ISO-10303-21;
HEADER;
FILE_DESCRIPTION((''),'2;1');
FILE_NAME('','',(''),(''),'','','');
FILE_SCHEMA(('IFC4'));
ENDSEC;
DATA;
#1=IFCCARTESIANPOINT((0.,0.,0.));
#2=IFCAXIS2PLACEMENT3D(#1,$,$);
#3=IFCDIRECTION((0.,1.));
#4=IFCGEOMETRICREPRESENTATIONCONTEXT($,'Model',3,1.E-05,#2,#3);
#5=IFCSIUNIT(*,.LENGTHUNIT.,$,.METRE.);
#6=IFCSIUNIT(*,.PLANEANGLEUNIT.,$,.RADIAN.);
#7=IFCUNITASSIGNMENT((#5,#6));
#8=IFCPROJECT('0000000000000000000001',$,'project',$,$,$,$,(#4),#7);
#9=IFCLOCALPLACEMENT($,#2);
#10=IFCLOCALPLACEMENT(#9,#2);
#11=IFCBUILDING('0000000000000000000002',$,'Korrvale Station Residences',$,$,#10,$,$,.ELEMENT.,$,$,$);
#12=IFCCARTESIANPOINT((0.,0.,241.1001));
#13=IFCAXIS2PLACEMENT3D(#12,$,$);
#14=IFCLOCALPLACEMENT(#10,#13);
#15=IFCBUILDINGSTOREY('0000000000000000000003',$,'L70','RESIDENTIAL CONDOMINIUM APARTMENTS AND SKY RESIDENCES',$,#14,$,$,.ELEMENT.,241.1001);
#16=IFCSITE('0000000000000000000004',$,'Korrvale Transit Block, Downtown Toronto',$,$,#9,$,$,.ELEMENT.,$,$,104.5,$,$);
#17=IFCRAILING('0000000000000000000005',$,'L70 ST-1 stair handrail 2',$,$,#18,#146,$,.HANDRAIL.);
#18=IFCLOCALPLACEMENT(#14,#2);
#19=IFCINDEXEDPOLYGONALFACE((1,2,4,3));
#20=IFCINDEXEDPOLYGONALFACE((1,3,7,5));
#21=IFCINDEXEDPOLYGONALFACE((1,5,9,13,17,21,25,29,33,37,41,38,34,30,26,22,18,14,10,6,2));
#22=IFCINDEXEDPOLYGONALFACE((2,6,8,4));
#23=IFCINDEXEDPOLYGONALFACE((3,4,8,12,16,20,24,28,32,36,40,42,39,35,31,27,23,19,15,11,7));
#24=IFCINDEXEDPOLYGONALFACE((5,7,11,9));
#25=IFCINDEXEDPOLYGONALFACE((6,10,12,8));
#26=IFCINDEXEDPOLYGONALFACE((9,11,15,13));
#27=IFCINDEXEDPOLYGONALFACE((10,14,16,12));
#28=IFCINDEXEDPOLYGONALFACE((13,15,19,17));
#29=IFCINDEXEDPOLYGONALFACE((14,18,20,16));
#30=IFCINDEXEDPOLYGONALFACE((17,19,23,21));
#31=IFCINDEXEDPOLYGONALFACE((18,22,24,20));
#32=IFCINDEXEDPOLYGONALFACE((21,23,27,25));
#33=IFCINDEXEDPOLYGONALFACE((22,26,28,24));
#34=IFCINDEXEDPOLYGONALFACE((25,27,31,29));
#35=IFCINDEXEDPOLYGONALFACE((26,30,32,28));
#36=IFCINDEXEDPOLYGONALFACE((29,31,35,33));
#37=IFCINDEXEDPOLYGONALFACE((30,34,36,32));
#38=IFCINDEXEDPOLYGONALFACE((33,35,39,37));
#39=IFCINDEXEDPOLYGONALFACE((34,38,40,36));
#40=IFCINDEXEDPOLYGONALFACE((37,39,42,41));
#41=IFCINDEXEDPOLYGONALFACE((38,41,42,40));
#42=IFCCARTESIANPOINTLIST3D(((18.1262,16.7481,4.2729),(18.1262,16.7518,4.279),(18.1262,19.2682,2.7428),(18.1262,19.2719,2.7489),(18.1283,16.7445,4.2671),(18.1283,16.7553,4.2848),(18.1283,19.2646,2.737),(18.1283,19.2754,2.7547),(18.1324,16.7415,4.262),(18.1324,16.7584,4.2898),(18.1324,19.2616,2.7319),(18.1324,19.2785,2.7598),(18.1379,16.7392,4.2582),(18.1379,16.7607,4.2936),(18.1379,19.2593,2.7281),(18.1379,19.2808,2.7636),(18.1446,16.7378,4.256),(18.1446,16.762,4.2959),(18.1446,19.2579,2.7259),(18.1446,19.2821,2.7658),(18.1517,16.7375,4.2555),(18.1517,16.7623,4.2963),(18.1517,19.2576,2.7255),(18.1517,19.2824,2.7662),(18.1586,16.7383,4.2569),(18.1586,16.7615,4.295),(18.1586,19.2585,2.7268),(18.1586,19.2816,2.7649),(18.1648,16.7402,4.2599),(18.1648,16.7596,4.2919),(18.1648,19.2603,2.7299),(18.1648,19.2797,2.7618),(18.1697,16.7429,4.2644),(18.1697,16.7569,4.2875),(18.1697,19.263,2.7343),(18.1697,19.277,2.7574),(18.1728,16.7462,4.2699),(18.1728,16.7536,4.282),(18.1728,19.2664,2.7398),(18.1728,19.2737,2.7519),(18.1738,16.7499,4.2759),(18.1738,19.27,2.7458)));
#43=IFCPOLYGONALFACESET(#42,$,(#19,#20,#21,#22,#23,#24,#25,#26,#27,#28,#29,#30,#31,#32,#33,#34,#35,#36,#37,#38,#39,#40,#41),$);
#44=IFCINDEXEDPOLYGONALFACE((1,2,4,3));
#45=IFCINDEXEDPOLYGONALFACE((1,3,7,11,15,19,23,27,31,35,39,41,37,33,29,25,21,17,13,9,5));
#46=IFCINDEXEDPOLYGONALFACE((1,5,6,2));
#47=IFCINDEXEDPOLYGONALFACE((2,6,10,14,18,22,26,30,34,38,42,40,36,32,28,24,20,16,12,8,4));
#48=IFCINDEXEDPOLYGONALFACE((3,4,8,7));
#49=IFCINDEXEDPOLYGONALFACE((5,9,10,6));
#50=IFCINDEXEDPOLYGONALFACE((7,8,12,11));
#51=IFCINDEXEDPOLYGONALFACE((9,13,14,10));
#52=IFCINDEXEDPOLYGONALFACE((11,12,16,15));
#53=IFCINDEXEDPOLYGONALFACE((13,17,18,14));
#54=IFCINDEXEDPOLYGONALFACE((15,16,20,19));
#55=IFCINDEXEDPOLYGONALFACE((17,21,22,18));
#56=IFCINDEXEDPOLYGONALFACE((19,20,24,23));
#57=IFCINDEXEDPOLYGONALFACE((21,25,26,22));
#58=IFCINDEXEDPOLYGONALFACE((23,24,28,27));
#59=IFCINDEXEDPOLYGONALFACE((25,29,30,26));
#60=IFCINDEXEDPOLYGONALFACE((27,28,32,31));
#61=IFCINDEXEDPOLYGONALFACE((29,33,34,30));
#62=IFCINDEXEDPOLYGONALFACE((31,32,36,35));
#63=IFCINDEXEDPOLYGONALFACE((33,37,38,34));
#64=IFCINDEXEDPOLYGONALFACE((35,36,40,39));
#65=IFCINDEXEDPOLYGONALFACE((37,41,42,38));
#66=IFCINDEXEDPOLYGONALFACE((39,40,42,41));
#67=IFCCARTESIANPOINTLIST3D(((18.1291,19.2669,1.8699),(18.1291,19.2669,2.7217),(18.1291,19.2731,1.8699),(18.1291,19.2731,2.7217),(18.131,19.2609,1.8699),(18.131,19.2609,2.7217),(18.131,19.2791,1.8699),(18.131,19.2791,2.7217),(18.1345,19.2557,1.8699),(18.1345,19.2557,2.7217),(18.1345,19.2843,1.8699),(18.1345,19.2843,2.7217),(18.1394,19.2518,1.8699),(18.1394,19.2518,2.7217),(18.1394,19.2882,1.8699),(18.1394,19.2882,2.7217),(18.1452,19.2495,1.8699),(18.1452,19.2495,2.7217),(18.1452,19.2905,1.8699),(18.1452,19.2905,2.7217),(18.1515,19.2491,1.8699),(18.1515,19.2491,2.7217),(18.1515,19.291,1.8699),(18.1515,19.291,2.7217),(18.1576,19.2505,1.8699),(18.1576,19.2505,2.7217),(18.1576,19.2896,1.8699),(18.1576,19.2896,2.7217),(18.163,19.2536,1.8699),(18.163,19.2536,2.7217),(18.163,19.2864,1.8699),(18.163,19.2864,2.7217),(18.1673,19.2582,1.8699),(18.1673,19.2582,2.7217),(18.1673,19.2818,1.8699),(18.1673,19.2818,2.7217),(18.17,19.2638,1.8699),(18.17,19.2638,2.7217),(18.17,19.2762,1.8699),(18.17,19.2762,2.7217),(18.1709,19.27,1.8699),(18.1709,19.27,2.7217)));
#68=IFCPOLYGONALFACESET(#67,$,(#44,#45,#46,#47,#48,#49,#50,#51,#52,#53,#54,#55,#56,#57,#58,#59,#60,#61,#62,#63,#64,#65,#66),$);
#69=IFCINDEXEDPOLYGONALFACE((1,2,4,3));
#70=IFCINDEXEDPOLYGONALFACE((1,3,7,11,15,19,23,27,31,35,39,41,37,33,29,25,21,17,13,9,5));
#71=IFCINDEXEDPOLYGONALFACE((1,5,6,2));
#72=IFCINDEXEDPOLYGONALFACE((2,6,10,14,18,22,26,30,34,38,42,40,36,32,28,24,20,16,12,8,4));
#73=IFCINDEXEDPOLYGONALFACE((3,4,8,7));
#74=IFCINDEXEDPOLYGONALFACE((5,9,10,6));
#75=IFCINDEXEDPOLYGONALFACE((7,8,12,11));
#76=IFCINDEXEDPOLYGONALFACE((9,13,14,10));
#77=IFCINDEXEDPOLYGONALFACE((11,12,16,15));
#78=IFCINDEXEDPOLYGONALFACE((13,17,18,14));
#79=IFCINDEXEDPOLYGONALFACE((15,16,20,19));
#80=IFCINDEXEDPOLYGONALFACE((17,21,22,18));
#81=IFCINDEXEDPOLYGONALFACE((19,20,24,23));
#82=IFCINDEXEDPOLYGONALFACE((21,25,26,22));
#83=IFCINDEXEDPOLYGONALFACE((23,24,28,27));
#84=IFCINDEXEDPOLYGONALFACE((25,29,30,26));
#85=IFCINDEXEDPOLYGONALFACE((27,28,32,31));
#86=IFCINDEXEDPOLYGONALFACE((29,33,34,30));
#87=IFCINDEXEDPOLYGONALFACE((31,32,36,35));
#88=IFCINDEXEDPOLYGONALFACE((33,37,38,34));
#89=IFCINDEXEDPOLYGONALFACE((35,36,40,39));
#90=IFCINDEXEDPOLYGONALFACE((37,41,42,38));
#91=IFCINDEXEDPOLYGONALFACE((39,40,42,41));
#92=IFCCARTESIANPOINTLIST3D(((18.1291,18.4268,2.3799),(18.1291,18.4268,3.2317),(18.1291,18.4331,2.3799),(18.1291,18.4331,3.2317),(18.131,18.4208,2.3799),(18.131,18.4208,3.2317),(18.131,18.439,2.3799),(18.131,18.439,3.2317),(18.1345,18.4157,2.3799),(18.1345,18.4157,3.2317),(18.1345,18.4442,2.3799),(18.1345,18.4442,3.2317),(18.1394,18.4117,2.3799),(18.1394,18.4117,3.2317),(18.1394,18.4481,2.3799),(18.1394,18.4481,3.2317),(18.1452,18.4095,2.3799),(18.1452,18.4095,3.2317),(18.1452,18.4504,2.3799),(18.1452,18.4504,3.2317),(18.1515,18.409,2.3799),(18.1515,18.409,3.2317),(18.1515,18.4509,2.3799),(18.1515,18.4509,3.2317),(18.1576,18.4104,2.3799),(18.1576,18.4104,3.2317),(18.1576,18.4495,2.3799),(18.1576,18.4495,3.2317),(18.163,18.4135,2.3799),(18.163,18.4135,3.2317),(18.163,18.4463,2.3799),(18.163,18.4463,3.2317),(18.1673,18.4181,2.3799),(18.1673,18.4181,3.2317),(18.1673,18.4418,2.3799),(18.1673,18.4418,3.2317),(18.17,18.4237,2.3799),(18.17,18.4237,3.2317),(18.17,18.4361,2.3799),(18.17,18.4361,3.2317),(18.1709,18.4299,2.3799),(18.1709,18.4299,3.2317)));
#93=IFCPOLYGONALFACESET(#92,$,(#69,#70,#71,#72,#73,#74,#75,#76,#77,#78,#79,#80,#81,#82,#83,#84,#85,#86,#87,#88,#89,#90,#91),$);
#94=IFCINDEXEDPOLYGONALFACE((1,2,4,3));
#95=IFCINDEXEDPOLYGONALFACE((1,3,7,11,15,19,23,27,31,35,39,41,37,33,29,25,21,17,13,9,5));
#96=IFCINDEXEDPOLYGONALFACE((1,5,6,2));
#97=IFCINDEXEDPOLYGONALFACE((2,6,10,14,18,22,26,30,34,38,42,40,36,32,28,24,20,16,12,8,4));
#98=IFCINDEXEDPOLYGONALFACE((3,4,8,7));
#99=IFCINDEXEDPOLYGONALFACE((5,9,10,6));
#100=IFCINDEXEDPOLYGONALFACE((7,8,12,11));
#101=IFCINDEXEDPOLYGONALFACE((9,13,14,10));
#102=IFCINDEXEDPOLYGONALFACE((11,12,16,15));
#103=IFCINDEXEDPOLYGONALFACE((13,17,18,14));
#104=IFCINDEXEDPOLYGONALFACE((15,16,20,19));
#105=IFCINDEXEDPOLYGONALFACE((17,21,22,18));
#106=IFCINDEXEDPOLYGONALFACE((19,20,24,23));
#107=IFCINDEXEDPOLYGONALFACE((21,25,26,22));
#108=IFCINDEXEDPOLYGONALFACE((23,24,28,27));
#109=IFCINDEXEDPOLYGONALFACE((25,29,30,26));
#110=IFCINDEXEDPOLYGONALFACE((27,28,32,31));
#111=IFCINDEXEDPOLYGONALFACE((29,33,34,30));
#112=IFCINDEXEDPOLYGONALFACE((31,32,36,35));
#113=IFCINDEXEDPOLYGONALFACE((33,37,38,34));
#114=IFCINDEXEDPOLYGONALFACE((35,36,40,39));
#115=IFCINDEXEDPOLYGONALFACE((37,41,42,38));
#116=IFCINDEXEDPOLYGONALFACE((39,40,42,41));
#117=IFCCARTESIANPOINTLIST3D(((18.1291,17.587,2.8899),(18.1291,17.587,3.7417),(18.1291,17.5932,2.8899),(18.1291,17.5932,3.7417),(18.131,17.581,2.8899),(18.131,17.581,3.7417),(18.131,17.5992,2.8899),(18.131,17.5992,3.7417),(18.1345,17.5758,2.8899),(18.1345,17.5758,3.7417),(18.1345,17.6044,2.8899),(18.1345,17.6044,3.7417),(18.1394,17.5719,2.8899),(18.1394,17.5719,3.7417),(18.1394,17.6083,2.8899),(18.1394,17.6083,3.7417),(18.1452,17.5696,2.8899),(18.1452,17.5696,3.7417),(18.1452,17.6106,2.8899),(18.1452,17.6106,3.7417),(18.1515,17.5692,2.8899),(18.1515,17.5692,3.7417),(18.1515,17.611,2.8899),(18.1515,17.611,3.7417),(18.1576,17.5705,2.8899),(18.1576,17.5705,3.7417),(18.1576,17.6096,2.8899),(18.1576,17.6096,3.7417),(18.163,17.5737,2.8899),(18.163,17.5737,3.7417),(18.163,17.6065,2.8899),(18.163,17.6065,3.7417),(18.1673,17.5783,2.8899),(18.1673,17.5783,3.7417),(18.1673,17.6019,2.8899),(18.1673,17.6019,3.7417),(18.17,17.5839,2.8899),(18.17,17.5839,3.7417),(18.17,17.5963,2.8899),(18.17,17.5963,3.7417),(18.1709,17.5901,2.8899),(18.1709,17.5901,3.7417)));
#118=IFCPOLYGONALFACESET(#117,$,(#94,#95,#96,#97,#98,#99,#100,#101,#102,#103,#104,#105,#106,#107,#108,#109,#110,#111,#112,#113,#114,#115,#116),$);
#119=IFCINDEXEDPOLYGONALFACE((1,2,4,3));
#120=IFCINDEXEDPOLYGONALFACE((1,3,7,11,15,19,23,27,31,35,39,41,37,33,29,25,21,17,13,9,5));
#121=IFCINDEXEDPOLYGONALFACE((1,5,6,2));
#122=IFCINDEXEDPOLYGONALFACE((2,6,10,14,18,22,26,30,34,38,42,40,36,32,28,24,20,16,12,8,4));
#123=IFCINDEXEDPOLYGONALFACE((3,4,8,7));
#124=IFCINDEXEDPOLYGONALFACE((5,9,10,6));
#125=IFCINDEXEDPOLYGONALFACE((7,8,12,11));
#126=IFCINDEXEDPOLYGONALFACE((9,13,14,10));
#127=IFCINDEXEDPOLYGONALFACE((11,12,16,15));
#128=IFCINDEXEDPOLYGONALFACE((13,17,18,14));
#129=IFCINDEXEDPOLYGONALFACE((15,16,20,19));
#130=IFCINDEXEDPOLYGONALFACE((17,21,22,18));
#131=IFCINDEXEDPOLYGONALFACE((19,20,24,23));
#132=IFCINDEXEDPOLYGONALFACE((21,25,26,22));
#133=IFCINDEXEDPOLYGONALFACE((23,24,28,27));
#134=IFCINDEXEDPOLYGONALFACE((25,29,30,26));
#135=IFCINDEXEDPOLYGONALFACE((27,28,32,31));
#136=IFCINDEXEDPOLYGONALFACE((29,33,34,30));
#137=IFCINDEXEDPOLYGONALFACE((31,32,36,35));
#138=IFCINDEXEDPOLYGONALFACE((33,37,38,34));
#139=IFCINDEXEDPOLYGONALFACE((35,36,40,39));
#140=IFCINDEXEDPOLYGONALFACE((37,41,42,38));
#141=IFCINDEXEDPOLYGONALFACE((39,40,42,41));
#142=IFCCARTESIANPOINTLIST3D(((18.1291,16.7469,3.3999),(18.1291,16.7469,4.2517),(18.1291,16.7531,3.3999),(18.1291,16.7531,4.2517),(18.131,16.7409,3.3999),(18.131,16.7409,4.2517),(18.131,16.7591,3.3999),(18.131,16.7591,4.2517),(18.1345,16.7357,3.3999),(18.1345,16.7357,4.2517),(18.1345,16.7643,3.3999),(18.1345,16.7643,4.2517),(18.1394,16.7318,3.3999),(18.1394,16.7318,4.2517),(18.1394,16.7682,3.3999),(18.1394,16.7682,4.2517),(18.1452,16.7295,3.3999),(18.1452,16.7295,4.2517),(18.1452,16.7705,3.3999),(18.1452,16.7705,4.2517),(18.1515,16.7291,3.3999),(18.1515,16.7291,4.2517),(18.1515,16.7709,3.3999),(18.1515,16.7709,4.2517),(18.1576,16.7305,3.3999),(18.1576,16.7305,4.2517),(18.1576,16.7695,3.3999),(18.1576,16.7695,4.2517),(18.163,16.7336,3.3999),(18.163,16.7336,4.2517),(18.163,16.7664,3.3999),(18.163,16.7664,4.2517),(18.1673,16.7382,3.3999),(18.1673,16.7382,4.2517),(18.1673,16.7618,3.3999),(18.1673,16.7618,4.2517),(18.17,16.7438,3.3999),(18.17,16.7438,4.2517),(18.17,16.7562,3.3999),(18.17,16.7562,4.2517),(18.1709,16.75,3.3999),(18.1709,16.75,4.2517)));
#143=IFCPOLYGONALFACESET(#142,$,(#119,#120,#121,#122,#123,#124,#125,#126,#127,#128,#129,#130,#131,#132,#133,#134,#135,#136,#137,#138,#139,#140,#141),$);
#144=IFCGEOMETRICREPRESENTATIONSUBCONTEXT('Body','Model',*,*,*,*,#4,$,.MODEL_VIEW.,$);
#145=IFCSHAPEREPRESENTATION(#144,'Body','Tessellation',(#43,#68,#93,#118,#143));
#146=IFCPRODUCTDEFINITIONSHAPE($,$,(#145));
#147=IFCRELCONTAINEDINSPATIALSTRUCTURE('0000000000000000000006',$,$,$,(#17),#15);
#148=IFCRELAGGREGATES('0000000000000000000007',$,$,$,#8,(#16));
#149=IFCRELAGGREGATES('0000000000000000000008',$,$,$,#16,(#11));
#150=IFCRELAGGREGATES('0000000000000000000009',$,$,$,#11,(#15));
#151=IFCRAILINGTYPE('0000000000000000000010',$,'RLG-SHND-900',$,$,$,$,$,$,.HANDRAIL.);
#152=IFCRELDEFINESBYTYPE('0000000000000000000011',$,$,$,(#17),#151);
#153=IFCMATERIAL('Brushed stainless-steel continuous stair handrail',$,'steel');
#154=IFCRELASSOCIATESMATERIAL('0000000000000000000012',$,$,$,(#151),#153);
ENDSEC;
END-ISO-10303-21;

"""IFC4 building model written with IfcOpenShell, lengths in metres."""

from ifc_helpers import new_model, si_unit, direction, frame, origin, origin_2d, place, context, subcontext, project, spatial, circle, extrude, material, type_object, element, save


model = new_model("IFC4")

# Units and contexts
model_context = context("Model", 3, precision=1e-05, world=origin(), true_north=direction((0.0, 1.0)))
body_context = subcontext(model_context, "Body", "Model", "MODEL_VIEW")
ifc_project = project(units=[si_unit("LENGTHUNIT", "METRE"), si_unit("PLANEANGLEUNIT", "RADIAN")], contexts=[model_context])

# Site, building, storey
site_placement = place(None, origin())
site = spatial("IfcSite", under=ifc_project, at=site_placement, Name="Korrvale Transit Block, Downtown Toronto", CompositionType="ELEMENT", RefElevation=104.5)
building_placement = place(site_placement, origin())
building = spatial("IfcBuilding", under=site, at=building_placement, Name="Korrvale Station Residences", CompositionType="ELEMENT")
storey_placement = place(building_placement, frame((0.0, 0.0, 241.1001)))
storey = spatial("IfcBuildingStorey", under=building, at=storey_placement, Name="L70", Description="RESIDENTIAL CONDOMINIUM APARTMENTS AND SKY RESIDENCES", CompositionType="ELEMENT", Elevation=241.1001)

# Railing
ifc_material_1 = material(Name="Brushed stainless-steel continuous stair handrail", Category="steel")
railing_type_1 = type_object("IfcRailingType", Name="RLG-SHND-900", PredefinedType="HANDRAIL", material=ifc_material_1)
railing_1_placement = place(storey_placement, frame((18.1499, 19.27, 1.8699)))
element("IfcRailing", 1, at=railing_1_placement, inside=storey, type_object=railing_type_1, Name="L70 ST-1 stair handrail 2", PredefinedType="HANDRAIL", context=body_context, shape_type="SweptSolid", body=[
    extrude(circle(Radius=0.0239, at=origin_2d()), frame((0.0, 0.0, 0.876), z_axis=(0.0, -0.854785, 0.518982), x_axis=(1.0, 0.0, 0.0)), (0.0, 0.0, 1.0), 2.9482),
    extrude(circle(Radius=0.021, at=origin_2d()), origin(), (0.0, 0.0, 1.0), 0.8518),
    extrude(circle(Radius=0.021, at=origin_2d()), frame((0.0, -0.8401, 0.51)), (0.0, 0.0, 1.0), 0.8518),
    extrude(circle(Radius=0.021, at=origin_2d()), frame((0.0, -1.6799, 1.02)), (0.0, 0.0, 1.0), 0.8518),
    extrude(circle(Radius=0.021, at=origin_2d()), frame((0.0, -2.52, 1.53)), (0.0, 0.0, 1.0), 0.8518),
])

save(model, "model.ifc")
